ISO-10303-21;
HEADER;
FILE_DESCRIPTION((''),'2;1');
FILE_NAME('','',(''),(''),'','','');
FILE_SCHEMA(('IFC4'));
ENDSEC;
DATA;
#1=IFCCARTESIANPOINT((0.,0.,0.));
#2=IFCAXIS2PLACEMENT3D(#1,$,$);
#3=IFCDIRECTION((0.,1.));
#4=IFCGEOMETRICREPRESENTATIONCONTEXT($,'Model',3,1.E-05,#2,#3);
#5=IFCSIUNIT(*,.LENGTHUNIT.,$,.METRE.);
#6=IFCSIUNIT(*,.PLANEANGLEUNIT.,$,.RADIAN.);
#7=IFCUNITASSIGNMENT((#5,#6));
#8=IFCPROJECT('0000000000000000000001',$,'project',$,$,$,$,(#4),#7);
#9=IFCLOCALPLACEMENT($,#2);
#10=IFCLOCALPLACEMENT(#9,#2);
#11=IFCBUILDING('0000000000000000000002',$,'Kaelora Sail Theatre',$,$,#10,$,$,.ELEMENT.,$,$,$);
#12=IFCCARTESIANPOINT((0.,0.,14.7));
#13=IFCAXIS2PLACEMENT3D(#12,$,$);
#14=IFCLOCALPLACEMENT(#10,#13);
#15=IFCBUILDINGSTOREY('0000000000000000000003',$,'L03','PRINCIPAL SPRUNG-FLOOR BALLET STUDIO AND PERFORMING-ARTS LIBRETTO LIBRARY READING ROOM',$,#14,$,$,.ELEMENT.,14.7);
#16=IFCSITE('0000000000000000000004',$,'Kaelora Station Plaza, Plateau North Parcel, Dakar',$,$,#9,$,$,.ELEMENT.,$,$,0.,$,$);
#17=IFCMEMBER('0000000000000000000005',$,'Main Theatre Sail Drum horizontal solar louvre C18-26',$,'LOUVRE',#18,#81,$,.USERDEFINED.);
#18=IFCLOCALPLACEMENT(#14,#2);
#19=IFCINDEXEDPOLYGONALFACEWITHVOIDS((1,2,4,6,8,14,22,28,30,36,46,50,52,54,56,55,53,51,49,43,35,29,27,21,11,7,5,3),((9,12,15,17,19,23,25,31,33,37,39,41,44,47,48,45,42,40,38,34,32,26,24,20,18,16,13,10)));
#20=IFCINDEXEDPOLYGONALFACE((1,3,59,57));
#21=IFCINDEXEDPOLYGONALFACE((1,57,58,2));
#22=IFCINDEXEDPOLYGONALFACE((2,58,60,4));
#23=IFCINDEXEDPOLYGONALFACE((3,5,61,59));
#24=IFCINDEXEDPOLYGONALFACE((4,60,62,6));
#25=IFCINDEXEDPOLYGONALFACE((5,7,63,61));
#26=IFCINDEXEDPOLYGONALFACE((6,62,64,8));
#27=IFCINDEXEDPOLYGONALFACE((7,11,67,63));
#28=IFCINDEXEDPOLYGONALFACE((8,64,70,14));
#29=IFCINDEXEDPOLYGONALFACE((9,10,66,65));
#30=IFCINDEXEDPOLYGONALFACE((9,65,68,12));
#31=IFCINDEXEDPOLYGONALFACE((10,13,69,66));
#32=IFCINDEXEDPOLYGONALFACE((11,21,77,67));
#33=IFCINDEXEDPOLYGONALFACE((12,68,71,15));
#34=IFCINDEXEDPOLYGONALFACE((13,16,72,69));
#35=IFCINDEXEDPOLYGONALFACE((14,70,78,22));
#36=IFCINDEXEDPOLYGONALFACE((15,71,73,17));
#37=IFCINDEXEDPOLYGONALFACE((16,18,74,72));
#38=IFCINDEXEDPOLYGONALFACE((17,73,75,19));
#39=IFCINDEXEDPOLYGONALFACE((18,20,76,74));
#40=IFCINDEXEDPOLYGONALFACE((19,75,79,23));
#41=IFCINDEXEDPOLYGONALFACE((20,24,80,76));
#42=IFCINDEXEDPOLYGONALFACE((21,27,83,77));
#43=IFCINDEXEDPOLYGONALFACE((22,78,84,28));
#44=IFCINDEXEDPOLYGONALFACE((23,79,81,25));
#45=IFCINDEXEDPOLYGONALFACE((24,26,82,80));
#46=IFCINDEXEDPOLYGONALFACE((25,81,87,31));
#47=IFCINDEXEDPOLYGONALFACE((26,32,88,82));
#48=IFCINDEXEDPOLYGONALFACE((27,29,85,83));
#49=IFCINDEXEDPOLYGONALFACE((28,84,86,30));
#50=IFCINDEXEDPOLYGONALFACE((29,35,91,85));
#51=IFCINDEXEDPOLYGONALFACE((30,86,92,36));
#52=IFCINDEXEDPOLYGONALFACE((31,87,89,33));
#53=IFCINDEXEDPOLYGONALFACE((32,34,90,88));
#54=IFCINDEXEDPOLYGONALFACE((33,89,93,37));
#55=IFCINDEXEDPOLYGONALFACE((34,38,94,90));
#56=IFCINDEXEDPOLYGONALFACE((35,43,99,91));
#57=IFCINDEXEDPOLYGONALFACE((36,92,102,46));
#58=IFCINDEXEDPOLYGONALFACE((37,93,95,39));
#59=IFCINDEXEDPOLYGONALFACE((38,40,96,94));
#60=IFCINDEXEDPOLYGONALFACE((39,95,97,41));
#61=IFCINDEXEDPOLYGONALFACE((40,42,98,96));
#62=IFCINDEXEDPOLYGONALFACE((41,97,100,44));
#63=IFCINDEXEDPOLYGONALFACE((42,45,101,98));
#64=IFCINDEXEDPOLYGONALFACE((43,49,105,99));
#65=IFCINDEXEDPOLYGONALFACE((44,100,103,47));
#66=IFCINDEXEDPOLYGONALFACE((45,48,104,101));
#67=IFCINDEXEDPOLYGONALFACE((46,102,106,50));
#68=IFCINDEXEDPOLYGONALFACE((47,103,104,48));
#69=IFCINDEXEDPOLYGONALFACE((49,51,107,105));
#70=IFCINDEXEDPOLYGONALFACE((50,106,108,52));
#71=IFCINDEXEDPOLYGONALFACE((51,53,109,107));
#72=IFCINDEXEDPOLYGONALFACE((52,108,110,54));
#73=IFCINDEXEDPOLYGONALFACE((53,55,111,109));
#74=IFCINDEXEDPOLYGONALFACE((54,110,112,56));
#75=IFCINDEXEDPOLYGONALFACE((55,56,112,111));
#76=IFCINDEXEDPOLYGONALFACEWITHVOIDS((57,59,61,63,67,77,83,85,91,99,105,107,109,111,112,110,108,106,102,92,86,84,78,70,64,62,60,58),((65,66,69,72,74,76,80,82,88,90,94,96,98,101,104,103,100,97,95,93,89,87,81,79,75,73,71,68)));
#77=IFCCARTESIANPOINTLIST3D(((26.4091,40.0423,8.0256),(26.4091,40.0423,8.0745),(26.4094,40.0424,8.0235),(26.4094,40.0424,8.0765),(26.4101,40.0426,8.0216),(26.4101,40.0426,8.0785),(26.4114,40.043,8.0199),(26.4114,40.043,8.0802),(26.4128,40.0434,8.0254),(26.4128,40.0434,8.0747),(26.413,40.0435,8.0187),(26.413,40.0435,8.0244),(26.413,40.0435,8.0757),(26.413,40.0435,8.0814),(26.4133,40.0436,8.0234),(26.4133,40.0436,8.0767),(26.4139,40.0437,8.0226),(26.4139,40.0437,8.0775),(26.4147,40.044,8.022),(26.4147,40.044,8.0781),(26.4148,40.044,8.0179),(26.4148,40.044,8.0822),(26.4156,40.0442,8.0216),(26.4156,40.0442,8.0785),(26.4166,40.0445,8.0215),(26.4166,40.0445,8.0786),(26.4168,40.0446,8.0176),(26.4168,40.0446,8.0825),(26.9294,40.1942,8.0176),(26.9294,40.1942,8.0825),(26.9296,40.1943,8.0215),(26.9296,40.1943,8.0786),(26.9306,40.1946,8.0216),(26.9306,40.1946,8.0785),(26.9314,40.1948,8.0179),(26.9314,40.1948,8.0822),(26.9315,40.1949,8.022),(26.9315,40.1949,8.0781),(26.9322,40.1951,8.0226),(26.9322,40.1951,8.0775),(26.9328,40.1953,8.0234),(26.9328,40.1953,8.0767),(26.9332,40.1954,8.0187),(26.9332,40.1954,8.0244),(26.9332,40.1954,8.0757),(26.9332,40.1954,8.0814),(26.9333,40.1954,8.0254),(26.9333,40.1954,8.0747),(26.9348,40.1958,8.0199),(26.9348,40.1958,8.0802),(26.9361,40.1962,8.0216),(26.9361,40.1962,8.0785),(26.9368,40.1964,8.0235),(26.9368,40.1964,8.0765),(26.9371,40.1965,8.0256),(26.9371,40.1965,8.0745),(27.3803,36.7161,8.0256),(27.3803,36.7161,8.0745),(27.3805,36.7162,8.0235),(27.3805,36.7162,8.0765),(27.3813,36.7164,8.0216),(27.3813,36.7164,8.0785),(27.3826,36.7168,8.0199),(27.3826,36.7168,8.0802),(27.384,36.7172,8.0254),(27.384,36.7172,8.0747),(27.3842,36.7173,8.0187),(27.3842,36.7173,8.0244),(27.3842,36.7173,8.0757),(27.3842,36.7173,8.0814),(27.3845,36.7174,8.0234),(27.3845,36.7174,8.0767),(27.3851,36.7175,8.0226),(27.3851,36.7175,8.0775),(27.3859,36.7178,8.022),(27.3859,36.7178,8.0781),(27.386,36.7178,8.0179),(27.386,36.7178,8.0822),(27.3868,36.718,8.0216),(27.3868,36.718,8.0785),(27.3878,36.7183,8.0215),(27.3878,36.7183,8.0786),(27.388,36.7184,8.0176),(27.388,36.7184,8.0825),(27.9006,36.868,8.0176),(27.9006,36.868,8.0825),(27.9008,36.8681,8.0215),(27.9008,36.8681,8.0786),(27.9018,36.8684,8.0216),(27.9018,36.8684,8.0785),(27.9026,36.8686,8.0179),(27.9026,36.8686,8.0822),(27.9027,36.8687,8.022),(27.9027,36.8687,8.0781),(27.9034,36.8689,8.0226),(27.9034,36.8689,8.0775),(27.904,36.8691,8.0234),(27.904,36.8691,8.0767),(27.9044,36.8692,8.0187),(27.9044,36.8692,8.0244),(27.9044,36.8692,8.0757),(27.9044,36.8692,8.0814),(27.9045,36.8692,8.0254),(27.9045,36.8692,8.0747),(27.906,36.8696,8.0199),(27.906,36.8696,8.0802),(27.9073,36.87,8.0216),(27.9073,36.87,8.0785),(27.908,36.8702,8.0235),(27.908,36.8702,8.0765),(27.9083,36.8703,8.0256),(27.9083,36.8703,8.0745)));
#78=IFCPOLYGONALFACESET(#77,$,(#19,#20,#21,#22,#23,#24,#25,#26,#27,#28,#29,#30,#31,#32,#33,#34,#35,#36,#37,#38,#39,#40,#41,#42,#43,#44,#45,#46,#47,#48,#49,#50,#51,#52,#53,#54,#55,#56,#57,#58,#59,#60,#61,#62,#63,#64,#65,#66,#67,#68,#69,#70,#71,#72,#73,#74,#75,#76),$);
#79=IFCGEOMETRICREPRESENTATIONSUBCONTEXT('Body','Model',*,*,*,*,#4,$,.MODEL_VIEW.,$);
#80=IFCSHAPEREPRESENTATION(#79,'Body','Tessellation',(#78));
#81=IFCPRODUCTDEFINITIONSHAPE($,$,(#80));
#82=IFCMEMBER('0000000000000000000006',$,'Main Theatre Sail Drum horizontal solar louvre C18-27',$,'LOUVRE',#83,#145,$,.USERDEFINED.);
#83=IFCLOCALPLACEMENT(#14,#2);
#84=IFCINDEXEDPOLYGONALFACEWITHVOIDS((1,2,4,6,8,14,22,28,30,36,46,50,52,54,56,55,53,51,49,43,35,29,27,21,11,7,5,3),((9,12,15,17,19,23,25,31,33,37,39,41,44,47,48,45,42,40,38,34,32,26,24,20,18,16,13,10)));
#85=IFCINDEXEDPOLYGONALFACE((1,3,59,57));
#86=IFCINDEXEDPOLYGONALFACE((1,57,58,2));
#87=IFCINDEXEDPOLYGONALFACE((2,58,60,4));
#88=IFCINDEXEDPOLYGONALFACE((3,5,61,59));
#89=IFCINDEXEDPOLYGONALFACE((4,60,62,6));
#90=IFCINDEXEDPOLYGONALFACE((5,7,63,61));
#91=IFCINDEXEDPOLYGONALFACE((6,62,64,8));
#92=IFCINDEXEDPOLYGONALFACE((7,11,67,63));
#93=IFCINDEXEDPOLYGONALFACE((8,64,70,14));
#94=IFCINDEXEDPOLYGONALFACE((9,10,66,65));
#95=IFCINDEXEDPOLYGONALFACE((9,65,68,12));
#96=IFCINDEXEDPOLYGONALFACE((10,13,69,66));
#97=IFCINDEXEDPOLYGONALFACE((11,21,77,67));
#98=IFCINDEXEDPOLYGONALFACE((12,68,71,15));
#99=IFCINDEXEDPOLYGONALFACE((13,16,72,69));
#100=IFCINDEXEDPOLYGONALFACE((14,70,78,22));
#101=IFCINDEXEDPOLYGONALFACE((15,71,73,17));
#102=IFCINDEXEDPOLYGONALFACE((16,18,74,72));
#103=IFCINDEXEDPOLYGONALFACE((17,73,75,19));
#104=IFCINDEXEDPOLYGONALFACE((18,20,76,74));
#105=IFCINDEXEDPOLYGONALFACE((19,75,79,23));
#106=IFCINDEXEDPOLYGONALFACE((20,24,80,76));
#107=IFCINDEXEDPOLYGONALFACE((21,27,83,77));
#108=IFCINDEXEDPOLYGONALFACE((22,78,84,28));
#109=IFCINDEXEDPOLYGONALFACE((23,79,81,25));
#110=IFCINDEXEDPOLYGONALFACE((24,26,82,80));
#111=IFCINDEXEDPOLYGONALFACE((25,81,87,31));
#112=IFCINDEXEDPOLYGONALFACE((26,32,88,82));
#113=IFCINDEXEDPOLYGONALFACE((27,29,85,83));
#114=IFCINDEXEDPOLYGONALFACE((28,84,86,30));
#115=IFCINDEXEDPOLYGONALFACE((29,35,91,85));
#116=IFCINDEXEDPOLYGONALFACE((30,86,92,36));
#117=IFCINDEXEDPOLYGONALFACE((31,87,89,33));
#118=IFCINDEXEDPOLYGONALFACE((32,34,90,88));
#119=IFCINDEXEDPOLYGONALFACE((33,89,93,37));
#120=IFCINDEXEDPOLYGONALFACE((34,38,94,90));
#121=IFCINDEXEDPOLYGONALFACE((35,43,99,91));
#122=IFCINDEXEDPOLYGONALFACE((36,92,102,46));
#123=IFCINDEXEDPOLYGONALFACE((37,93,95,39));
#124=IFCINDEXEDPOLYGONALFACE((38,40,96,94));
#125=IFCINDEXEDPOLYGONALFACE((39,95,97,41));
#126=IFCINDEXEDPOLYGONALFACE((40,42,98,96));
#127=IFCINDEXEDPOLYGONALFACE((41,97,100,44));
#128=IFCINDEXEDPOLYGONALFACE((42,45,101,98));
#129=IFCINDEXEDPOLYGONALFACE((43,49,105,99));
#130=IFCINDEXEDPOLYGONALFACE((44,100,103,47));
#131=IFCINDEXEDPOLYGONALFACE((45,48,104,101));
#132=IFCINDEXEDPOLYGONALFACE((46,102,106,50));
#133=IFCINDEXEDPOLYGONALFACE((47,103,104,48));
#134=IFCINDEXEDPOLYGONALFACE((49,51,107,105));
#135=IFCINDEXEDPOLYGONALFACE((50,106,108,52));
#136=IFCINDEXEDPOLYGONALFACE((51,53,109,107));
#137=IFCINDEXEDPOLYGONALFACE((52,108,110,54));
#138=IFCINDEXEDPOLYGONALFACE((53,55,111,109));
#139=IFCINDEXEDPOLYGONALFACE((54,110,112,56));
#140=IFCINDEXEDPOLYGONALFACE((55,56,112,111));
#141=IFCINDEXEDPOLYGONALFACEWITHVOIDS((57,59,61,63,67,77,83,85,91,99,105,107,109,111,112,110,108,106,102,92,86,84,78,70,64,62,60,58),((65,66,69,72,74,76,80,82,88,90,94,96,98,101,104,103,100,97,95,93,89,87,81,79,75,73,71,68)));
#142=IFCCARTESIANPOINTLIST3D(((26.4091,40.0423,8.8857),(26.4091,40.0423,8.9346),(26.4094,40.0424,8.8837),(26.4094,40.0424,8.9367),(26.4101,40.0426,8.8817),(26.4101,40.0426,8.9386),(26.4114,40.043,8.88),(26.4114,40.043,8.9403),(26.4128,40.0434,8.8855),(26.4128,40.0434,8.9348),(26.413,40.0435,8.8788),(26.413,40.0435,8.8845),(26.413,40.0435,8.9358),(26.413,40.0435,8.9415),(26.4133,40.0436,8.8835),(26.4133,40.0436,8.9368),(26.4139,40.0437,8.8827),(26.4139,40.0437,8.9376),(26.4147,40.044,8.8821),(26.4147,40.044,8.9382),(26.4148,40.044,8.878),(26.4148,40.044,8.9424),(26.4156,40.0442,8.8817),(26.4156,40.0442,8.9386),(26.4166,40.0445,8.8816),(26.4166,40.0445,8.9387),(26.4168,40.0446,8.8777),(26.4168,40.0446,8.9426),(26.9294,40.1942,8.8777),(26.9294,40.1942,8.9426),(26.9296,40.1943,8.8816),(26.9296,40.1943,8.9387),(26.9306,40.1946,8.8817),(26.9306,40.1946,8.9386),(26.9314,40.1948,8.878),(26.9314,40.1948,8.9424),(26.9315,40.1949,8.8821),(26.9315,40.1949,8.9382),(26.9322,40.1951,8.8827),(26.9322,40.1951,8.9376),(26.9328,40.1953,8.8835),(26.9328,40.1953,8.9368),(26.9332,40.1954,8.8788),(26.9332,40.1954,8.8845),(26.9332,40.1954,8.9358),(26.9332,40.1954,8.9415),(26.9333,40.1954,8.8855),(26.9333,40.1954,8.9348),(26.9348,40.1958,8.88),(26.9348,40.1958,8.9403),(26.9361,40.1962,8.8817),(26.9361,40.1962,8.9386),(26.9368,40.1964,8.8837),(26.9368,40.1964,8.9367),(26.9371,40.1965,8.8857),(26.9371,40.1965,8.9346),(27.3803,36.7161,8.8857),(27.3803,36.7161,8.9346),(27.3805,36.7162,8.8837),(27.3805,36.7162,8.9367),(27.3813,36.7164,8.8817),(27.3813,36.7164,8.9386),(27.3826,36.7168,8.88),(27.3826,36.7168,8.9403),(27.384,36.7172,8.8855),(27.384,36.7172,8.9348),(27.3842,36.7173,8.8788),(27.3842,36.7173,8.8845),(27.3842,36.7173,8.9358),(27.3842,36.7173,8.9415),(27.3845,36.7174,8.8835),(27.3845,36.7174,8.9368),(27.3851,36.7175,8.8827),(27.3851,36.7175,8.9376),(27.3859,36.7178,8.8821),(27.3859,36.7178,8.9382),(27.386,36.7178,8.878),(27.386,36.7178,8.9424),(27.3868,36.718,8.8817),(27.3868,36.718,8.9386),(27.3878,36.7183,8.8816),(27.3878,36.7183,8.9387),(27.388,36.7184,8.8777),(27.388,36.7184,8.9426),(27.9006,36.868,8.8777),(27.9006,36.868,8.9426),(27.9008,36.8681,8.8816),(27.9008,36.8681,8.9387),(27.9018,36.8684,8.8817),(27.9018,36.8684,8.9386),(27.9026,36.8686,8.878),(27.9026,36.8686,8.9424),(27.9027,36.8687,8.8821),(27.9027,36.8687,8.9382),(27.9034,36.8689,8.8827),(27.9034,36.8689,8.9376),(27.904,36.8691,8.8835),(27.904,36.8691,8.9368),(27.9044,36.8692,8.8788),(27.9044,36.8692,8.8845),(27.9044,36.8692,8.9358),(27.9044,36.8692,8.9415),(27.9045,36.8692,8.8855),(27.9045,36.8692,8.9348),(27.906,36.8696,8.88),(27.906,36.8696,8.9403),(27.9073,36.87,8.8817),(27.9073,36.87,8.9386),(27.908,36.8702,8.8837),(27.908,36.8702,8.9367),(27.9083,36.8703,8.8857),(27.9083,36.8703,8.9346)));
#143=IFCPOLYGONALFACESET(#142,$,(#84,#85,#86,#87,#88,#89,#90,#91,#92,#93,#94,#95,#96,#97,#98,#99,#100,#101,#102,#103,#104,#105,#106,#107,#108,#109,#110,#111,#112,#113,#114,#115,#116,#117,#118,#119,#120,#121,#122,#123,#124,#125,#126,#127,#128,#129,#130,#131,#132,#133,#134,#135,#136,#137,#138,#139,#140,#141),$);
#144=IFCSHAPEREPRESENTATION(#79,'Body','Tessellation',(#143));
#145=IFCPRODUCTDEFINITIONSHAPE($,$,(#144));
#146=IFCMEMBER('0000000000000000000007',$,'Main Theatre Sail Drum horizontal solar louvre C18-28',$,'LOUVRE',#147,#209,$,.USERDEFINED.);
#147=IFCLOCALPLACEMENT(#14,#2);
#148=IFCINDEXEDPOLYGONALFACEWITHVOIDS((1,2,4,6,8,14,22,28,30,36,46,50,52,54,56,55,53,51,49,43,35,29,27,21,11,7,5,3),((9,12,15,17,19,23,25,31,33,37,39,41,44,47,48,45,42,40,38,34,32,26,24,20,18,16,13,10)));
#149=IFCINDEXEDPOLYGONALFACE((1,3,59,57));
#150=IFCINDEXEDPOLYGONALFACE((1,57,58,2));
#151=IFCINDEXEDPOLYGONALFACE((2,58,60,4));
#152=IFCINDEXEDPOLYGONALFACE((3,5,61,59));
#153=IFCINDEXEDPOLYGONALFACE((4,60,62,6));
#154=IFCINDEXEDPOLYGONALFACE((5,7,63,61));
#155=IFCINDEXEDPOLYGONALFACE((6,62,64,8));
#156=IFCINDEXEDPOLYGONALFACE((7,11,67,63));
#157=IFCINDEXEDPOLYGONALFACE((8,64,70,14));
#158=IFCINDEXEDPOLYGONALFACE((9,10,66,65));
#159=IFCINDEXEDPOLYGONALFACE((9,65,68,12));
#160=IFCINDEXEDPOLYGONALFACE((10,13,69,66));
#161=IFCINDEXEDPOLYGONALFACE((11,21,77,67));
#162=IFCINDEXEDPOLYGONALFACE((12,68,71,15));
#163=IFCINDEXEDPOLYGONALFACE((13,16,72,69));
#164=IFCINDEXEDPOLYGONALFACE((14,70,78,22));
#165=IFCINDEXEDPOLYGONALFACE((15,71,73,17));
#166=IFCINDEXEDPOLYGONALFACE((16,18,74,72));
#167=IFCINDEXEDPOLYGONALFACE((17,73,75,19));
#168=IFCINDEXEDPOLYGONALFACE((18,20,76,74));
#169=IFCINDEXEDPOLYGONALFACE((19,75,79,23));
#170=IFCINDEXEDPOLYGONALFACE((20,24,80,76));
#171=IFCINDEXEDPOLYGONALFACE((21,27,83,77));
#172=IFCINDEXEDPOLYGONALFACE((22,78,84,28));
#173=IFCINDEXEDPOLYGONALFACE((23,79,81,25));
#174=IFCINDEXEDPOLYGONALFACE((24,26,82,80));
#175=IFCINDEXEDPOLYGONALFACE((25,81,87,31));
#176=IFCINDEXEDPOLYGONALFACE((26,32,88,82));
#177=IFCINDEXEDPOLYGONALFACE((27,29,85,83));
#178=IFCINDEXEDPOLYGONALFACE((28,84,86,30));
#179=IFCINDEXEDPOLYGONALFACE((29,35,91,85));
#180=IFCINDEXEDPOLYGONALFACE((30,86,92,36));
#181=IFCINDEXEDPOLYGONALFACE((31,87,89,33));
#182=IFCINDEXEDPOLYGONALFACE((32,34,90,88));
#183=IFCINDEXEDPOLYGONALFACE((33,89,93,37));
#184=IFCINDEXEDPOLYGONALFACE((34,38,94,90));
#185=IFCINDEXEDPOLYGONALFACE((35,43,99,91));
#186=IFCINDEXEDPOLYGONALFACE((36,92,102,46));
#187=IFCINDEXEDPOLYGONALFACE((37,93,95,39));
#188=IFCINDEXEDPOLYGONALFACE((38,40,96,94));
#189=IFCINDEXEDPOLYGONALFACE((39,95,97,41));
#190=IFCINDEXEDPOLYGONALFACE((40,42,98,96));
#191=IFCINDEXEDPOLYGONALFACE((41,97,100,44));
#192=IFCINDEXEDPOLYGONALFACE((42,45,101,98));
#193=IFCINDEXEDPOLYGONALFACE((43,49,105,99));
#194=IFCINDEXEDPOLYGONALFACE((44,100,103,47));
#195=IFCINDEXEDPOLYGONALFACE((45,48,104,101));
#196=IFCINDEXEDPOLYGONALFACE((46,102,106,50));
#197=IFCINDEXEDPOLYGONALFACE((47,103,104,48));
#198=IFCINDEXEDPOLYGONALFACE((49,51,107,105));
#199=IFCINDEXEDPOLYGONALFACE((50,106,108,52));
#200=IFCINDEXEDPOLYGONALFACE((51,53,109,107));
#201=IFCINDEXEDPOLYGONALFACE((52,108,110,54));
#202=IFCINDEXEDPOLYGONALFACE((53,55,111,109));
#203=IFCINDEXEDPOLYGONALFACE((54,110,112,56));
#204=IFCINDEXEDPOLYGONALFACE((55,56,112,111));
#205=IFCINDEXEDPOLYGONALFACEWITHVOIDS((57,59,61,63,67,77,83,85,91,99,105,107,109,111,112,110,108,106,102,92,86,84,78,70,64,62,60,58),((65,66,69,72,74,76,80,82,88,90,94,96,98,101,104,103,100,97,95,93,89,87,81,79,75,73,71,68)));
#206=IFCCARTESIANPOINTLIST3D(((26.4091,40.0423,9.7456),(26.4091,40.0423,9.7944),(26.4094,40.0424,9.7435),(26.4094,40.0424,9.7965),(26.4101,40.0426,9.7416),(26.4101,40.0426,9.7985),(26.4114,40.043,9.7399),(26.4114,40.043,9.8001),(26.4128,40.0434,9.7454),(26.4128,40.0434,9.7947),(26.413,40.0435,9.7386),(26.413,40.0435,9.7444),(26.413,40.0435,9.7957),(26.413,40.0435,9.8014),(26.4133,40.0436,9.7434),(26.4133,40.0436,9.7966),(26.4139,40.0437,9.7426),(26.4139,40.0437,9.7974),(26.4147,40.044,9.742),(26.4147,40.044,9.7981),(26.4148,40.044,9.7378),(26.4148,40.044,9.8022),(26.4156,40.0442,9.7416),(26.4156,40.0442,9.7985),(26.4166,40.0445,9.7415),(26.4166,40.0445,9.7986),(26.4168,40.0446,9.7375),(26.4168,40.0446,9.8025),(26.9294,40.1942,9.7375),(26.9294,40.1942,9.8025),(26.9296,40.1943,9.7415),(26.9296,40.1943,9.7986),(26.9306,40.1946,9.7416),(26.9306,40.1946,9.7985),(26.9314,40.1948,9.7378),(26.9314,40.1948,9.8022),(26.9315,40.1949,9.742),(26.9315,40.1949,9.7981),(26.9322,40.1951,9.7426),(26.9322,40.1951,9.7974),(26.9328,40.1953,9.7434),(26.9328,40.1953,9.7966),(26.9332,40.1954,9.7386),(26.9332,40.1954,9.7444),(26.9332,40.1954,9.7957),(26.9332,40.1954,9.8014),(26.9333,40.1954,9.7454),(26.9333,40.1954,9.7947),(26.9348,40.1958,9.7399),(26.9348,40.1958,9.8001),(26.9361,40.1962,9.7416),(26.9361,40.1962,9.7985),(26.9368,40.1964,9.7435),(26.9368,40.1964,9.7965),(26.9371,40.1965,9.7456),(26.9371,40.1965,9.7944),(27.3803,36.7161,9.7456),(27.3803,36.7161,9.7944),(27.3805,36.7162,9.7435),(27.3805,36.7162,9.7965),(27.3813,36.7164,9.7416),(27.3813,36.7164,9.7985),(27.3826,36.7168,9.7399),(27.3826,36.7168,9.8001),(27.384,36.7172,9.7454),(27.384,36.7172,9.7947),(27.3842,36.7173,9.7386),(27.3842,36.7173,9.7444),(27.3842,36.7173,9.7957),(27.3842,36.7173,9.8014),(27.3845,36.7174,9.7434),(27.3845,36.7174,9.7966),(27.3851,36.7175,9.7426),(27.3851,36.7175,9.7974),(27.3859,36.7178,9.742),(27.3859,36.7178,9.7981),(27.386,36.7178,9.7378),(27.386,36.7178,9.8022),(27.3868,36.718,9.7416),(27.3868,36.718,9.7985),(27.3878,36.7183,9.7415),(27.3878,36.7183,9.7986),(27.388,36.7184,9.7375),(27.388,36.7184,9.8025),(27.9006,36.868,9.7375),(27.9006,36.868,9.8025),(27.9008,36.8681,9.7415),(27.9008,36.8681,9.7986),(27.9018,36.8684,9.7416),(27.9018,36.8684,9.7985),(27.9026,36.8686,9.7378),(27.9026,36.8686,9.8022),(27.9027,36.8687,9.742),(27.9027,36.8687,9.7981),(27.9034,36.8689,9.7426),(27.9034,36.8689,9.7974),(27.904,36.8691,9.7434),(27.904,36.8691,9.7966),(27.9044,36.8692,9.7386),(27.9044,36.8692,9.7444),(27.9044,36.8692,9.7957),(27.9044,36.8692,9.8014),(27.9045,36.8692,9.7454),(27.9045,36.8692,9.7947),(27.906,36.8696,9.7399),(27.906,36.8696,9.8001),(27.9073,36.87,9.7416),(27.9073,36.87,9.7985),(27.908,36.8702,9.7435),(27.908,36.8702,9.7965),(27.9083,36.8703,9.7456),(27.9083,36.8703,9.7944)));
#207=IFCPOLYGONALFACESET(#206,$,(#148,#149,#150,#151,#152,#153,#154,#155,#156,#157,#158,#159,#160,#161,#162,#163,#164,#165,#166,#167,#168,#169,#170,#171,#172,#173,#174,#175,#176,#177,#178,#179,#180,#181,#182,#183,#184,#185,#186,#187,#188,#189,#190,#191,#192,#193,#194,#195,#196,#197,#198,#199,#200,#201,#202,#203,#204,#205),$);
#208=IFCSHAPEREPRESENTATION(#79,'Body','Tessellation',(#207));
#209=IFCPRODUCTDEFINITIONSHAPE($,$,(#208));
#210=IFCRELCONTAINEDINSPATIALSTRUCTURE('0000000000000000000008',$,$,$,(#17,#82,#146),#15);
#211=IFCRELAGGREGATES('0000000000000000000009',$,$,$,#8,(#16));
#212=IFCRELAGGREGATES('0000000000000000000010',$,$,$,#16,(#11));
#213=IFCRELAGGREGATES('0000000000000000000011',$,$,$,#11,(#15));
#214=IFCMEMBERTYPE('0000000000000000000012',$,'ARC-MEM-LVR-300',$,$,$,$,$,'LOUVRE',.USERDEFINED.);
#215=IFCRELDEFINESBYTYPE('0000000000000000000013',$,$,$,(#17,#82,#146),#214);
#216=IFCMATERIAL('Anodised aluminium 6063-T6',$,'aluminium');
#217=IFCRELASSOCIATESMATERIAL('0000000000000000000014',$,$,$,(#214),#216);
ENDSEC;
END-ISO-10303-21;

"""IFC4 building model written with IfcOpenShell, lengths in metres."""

from ifc_helpers import new_model, si_unit, direction, frame, origin, origin_2d, place, context, subcontext, project, spatial, hollow_rectangle, extrude, material, material_profile, profile_set, type_object, element, save


model = new_model("IFC4")

# Units and contexts
model_context = context("Model", 3, precision=1e-05, world=origin(), true_north=direction((0.0, 1.0)))
body_context = subcontext(model_context, "Body", "Model", "MODEL_VIEW")
ifc_project = project(units=[si_unit("LENGTHUNIT", "METRE"), si_unit("PLANEANGLEUNIT", "RADIAN")], contexts=[model_context])

# Site, building, storey
site_placement = place(None, origin())
site = spatial("IfcSite", under=ifc_project, at=site_placement, Name="Kaelora Station Plaza, Plateau North Parcel, Dakar", CompositionType="ELEMENT", RefElevation=0.0)
building_placement = place(site_placement, origin())
building = spatial("IfcBuilding", under=site, at=building_placement, Name="Kaelora Sail Theatre", CompositionType="ELEMENT")
storey_placement = place(building_placement, frame((0.0, 0.0, 14.7)))
storey = spatial("IfcBuildingStorey", under=building, at=storey_placement, Name="L03", Description="PRINCIPAL SPRUNG-FLOOR BALLET STUDIO AND PERFORMING-ARTS LIBRETTO LIBRARY READING ROOM", CompositionType="ELEMENT", Elevation=14.7)

# Members
ifc_material_1 = material(Name="Anodised aluminium 6063-T6", Category="aluminium")
ifc_material_profile_1 = material_profile(ifc_material_1, hollow_rectangle(XDim=0.55, YDim=0.0649, WallThickness=0.0039, InnerFilletRadius=0.0039, OuterFilletRadius=0.0081, at=origin_2d()), Name="LOUVRE 550x65x4")
ifc_profile_set_1 = profile_set([ifc_material_profile_1], Name="Anodised aluminium 6063-T6")
member_type = type_object("IfcMemberType", Name="ARC-MEM-LVR-300", ElementType="LOUVRE", PredefinedType="USERDEFINED", material=ifc_profile_set_1)
for number, where, z_axis, x_axis, name in (
    (1, (27.6443, 36.7932, 8.05), (-0.280281, 0.959918, 0.0), (-0.959918, -0.280281, 0.0), "Main Theatre Sail Drum horizontal solar louvre C18-26"),
    (2, (27.6443, 36.7932, 8.9102), (-0.280281, 0.959918, 0.0), (-0.959918, -0.280281, 0.0), "Main Theatre Sail Drum horizontal solar louvre C18-27"),
    (3, (27.6443, 36.7932, 9.77), (-0.280281, 0.959918, 0.0), (-0.959918, -0.280281, 0.0), "Main Theatre Sail Drum horizontal solar louvre C18-28"),
):
    element("IfcMember", number, at=place(storey_placement, frame(where, z_axis=z_axis, x_axis=x_axis)), inside=storey, type_object=member_type, Name=name, ObjectType="LOUVRE", PredefinedType="USERDEFINED", context=body_context, shape_type="SweptSolid", body=[
        extrude(hollow_rectangle(XDim=0.55, YDim=0.0649, WallThickness=0.0039, InnerFilletRadius=0.0039, OuterFilletRadius=0.0081, at=origin_2d()), origin(), (0.0, 0.0, 1.0), 3.4651),
    ])

save(model, "model.ifc")
